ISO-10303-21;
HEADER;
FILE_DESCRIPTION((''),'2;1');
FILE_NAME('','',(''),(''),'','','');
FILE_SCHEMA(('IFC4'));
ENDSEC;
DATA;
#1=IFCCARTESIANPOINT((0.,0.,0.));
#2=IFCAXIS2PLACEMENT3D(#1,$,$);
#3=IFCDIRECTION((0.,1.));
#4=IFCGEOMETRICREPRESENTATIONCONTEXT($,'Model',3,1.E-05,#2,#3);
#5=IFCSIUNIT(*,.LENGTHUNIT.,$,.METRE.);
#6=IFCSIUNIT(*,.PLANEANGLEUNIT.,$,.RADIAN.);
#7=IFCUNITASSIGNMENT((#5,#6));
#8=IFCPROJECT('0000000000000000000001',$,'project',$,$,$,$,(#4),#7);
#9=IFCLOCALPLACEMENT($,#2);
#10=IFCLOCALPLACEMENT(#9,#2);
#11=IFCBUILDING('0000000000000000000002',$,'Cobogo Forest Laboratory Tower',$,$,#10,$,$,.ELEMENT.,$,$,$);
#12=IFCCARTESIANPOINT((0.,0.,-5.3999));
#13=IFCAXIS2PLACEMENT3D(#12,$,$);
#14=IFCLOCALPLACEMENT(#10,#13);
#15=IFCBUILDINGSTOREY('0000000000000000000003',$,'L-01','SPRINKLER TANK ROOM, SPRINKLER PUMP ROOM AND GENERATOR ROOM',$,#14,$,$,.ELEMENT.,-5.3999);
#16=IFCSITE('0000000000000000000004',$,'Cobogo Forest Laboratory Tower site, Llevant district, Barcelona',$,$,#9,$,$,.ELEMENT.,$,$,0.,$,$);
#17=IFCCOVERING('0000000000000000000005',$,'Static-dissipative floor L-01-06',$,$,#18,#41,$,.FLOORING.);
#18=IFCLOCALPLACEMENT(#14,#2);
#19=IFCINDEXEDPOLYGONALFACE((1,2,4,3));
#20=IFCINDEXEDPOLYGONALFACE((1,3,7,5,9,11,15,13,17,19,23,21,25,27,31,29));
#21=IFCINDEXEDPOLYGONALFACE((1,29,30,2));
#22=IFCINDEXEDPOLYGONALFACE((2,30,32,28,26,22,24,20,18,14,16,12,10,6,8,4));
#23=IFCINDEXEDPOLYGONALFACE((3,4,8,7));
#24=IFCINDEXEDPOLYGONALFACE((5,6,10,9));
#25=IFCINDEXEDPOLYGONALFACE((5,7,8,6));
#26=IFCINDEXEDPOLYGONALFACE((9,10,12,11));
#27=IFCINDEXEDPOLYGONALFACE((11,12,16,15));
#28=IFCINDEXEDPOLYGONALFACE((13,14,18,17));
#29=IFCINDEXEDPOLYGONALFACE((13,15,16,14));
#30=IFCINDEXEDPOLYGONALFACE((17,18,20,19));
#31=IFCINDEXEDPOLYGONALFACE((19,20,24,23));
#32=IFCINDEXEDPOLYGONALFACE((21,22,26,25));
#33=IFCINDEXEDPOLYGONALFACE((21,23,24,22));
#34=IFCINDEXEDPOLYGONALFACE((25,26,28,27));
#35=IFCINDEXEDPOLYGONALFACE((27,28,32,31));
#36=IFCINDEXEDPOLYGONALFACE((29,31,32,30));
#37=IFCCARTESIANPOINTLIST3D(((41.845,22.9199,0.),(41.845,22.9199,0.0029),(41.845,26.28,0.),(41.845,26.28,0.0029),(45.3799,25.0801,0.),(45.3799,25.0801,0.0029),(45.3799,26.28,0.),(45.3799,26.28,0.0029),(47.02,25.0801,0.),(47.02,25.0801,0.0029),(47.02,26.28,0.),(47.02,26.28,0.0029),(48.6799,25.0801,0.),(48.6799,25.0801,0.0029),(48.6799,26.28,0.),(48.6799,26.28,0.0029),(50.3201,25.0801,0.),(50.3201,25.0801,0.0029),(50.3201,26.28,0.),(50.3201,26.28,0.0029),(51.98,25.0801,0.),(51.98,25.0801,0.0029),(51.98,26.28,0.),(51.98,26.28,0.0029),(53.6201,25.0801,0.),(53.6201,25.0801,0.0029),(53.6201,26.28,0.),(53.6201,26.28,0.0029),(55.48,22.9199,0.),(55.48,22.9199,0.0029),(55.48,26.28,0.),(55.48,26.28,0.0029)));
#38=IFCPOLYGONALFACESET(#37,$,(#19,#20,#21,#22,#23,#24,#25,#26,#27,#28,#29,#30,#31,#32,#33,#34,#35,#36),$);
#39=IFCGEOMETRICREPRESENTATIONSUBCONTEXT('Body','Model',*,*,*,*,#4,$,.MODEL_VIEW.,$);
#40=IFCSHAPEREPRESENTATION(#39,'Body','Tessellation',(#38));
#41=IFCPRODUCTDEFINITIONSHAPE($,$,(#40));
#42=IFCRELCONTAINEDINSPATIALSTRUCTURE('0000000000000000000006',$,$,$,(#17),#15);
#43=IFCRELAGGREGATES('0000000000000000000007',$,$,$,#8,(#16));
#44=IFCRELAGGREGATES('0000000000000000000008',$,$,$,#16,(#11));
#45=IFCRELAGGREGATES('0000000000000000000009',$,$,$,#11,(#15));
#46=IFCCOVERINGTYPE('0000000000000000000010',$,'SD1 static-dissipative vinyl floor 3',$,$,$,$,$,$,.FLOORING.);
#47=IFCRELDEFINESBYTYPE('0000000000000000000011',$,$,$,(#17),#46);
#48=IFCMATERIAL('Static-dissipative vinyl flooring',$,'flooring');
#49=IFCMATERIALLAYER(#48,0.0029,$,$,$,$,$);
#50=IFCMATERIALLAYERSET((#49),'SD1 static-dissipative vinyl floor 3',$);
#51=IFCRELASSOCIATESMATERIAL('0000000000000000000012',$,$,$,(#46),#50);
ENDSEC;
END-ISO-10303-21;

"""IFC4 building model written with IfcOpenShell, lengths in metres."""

from ifc_helpers import new_model, si_unit, direction, frame, origin, place, context, subcontext, project, spatial, polyline, outline, extrude, material, layer, layer_set, type_object, element, save


model = new_model("IFC4")

# Units and contexts
model_context = context("Model", 3, precision=1e-05, world=origin(), true_north=direction((0.0, 1.0)))
body_context = subcontext(model_context, "Body", "Model", "MODEL_VIEW")
ifc_project = project(units=[si_unit("LENGTHUNIT", "METRE"), si_unit("PLANEANGLEUNIT", "RADIAN")], contexts=[model_context])

# Site, building, storey
site_placement = place(None, origin())
site = spatial("IfcSite", under=ifc_project, at=site_placement, Name="Cobogo Forest Laboratory Tower site, Llevant district, Barcelona", CompositionType="ELEMENT", RefElevation=0.0)
building_placement = place(site_placement, origin())
building = spatial("IfcBuilding", under=site, at=building_placement, Name="Cobogo Forest Laboratory Tower", CompositionType="ELEMENT")
storey_placement = place(building_placement, frame((0.0, 0.0, -5.3999)))
storey = spatial("IfcBuildingStorey", under=building, at=storey_placement, Name="L-01", Description="SPRINKLER TANK ROOM, SPRINKLER PUMP ROOM AND GENERATOR ROOM", CompositionType="ELEMENT", Elevation=-5.3999)

# Covering
ifc_material_1 = material(Name="Static-dissipative vinyl flooring", Category="flooring")
ifc_layer_1 = layer(ifc_material_1, 0.0029)
ifc_layer_set_1 = layer_set([ifc_layer_1], Name="SD1 static-dissipative vinyl floor 3")
covering_type = type_object("IfcCoveringType", Name="SD1 static-dissipative vinyl floor 3", PredefinedType="FLOORING", material=ifc_layer_set_1)
covering_placement = place(storey_placement, origin())
element("IfcCovering", 1, at=covering_placement, inside=storey, type_object=covering_type, Name="Static-dissipative floor L-01-06", PredefinedType="FLOORING", context=body_context, shape_type="SweptSolid", body=[
    extrude(outline(polyline([(41.845, 26.28), (45.3799, 26.28), (45.3799, 25.0801), (47.02, 25.0801), (47.02, 26.28), (48.6799, 26.28), (48.6799, 25.0801), (50.3201, 25.0801), (50.3201, 26.28), (51.98, 26.28), (51.98, 25.0801), (53.6201, 25.0801), (53.6201, 26.28), (55.48, 26.28), (55.48, 22.9199), (41.845, 22.9199), (41.845, 26.28)])), origin(), (0.0, 0.0, 1.0), 0.0029),
])

save(model, "model.ifc")
